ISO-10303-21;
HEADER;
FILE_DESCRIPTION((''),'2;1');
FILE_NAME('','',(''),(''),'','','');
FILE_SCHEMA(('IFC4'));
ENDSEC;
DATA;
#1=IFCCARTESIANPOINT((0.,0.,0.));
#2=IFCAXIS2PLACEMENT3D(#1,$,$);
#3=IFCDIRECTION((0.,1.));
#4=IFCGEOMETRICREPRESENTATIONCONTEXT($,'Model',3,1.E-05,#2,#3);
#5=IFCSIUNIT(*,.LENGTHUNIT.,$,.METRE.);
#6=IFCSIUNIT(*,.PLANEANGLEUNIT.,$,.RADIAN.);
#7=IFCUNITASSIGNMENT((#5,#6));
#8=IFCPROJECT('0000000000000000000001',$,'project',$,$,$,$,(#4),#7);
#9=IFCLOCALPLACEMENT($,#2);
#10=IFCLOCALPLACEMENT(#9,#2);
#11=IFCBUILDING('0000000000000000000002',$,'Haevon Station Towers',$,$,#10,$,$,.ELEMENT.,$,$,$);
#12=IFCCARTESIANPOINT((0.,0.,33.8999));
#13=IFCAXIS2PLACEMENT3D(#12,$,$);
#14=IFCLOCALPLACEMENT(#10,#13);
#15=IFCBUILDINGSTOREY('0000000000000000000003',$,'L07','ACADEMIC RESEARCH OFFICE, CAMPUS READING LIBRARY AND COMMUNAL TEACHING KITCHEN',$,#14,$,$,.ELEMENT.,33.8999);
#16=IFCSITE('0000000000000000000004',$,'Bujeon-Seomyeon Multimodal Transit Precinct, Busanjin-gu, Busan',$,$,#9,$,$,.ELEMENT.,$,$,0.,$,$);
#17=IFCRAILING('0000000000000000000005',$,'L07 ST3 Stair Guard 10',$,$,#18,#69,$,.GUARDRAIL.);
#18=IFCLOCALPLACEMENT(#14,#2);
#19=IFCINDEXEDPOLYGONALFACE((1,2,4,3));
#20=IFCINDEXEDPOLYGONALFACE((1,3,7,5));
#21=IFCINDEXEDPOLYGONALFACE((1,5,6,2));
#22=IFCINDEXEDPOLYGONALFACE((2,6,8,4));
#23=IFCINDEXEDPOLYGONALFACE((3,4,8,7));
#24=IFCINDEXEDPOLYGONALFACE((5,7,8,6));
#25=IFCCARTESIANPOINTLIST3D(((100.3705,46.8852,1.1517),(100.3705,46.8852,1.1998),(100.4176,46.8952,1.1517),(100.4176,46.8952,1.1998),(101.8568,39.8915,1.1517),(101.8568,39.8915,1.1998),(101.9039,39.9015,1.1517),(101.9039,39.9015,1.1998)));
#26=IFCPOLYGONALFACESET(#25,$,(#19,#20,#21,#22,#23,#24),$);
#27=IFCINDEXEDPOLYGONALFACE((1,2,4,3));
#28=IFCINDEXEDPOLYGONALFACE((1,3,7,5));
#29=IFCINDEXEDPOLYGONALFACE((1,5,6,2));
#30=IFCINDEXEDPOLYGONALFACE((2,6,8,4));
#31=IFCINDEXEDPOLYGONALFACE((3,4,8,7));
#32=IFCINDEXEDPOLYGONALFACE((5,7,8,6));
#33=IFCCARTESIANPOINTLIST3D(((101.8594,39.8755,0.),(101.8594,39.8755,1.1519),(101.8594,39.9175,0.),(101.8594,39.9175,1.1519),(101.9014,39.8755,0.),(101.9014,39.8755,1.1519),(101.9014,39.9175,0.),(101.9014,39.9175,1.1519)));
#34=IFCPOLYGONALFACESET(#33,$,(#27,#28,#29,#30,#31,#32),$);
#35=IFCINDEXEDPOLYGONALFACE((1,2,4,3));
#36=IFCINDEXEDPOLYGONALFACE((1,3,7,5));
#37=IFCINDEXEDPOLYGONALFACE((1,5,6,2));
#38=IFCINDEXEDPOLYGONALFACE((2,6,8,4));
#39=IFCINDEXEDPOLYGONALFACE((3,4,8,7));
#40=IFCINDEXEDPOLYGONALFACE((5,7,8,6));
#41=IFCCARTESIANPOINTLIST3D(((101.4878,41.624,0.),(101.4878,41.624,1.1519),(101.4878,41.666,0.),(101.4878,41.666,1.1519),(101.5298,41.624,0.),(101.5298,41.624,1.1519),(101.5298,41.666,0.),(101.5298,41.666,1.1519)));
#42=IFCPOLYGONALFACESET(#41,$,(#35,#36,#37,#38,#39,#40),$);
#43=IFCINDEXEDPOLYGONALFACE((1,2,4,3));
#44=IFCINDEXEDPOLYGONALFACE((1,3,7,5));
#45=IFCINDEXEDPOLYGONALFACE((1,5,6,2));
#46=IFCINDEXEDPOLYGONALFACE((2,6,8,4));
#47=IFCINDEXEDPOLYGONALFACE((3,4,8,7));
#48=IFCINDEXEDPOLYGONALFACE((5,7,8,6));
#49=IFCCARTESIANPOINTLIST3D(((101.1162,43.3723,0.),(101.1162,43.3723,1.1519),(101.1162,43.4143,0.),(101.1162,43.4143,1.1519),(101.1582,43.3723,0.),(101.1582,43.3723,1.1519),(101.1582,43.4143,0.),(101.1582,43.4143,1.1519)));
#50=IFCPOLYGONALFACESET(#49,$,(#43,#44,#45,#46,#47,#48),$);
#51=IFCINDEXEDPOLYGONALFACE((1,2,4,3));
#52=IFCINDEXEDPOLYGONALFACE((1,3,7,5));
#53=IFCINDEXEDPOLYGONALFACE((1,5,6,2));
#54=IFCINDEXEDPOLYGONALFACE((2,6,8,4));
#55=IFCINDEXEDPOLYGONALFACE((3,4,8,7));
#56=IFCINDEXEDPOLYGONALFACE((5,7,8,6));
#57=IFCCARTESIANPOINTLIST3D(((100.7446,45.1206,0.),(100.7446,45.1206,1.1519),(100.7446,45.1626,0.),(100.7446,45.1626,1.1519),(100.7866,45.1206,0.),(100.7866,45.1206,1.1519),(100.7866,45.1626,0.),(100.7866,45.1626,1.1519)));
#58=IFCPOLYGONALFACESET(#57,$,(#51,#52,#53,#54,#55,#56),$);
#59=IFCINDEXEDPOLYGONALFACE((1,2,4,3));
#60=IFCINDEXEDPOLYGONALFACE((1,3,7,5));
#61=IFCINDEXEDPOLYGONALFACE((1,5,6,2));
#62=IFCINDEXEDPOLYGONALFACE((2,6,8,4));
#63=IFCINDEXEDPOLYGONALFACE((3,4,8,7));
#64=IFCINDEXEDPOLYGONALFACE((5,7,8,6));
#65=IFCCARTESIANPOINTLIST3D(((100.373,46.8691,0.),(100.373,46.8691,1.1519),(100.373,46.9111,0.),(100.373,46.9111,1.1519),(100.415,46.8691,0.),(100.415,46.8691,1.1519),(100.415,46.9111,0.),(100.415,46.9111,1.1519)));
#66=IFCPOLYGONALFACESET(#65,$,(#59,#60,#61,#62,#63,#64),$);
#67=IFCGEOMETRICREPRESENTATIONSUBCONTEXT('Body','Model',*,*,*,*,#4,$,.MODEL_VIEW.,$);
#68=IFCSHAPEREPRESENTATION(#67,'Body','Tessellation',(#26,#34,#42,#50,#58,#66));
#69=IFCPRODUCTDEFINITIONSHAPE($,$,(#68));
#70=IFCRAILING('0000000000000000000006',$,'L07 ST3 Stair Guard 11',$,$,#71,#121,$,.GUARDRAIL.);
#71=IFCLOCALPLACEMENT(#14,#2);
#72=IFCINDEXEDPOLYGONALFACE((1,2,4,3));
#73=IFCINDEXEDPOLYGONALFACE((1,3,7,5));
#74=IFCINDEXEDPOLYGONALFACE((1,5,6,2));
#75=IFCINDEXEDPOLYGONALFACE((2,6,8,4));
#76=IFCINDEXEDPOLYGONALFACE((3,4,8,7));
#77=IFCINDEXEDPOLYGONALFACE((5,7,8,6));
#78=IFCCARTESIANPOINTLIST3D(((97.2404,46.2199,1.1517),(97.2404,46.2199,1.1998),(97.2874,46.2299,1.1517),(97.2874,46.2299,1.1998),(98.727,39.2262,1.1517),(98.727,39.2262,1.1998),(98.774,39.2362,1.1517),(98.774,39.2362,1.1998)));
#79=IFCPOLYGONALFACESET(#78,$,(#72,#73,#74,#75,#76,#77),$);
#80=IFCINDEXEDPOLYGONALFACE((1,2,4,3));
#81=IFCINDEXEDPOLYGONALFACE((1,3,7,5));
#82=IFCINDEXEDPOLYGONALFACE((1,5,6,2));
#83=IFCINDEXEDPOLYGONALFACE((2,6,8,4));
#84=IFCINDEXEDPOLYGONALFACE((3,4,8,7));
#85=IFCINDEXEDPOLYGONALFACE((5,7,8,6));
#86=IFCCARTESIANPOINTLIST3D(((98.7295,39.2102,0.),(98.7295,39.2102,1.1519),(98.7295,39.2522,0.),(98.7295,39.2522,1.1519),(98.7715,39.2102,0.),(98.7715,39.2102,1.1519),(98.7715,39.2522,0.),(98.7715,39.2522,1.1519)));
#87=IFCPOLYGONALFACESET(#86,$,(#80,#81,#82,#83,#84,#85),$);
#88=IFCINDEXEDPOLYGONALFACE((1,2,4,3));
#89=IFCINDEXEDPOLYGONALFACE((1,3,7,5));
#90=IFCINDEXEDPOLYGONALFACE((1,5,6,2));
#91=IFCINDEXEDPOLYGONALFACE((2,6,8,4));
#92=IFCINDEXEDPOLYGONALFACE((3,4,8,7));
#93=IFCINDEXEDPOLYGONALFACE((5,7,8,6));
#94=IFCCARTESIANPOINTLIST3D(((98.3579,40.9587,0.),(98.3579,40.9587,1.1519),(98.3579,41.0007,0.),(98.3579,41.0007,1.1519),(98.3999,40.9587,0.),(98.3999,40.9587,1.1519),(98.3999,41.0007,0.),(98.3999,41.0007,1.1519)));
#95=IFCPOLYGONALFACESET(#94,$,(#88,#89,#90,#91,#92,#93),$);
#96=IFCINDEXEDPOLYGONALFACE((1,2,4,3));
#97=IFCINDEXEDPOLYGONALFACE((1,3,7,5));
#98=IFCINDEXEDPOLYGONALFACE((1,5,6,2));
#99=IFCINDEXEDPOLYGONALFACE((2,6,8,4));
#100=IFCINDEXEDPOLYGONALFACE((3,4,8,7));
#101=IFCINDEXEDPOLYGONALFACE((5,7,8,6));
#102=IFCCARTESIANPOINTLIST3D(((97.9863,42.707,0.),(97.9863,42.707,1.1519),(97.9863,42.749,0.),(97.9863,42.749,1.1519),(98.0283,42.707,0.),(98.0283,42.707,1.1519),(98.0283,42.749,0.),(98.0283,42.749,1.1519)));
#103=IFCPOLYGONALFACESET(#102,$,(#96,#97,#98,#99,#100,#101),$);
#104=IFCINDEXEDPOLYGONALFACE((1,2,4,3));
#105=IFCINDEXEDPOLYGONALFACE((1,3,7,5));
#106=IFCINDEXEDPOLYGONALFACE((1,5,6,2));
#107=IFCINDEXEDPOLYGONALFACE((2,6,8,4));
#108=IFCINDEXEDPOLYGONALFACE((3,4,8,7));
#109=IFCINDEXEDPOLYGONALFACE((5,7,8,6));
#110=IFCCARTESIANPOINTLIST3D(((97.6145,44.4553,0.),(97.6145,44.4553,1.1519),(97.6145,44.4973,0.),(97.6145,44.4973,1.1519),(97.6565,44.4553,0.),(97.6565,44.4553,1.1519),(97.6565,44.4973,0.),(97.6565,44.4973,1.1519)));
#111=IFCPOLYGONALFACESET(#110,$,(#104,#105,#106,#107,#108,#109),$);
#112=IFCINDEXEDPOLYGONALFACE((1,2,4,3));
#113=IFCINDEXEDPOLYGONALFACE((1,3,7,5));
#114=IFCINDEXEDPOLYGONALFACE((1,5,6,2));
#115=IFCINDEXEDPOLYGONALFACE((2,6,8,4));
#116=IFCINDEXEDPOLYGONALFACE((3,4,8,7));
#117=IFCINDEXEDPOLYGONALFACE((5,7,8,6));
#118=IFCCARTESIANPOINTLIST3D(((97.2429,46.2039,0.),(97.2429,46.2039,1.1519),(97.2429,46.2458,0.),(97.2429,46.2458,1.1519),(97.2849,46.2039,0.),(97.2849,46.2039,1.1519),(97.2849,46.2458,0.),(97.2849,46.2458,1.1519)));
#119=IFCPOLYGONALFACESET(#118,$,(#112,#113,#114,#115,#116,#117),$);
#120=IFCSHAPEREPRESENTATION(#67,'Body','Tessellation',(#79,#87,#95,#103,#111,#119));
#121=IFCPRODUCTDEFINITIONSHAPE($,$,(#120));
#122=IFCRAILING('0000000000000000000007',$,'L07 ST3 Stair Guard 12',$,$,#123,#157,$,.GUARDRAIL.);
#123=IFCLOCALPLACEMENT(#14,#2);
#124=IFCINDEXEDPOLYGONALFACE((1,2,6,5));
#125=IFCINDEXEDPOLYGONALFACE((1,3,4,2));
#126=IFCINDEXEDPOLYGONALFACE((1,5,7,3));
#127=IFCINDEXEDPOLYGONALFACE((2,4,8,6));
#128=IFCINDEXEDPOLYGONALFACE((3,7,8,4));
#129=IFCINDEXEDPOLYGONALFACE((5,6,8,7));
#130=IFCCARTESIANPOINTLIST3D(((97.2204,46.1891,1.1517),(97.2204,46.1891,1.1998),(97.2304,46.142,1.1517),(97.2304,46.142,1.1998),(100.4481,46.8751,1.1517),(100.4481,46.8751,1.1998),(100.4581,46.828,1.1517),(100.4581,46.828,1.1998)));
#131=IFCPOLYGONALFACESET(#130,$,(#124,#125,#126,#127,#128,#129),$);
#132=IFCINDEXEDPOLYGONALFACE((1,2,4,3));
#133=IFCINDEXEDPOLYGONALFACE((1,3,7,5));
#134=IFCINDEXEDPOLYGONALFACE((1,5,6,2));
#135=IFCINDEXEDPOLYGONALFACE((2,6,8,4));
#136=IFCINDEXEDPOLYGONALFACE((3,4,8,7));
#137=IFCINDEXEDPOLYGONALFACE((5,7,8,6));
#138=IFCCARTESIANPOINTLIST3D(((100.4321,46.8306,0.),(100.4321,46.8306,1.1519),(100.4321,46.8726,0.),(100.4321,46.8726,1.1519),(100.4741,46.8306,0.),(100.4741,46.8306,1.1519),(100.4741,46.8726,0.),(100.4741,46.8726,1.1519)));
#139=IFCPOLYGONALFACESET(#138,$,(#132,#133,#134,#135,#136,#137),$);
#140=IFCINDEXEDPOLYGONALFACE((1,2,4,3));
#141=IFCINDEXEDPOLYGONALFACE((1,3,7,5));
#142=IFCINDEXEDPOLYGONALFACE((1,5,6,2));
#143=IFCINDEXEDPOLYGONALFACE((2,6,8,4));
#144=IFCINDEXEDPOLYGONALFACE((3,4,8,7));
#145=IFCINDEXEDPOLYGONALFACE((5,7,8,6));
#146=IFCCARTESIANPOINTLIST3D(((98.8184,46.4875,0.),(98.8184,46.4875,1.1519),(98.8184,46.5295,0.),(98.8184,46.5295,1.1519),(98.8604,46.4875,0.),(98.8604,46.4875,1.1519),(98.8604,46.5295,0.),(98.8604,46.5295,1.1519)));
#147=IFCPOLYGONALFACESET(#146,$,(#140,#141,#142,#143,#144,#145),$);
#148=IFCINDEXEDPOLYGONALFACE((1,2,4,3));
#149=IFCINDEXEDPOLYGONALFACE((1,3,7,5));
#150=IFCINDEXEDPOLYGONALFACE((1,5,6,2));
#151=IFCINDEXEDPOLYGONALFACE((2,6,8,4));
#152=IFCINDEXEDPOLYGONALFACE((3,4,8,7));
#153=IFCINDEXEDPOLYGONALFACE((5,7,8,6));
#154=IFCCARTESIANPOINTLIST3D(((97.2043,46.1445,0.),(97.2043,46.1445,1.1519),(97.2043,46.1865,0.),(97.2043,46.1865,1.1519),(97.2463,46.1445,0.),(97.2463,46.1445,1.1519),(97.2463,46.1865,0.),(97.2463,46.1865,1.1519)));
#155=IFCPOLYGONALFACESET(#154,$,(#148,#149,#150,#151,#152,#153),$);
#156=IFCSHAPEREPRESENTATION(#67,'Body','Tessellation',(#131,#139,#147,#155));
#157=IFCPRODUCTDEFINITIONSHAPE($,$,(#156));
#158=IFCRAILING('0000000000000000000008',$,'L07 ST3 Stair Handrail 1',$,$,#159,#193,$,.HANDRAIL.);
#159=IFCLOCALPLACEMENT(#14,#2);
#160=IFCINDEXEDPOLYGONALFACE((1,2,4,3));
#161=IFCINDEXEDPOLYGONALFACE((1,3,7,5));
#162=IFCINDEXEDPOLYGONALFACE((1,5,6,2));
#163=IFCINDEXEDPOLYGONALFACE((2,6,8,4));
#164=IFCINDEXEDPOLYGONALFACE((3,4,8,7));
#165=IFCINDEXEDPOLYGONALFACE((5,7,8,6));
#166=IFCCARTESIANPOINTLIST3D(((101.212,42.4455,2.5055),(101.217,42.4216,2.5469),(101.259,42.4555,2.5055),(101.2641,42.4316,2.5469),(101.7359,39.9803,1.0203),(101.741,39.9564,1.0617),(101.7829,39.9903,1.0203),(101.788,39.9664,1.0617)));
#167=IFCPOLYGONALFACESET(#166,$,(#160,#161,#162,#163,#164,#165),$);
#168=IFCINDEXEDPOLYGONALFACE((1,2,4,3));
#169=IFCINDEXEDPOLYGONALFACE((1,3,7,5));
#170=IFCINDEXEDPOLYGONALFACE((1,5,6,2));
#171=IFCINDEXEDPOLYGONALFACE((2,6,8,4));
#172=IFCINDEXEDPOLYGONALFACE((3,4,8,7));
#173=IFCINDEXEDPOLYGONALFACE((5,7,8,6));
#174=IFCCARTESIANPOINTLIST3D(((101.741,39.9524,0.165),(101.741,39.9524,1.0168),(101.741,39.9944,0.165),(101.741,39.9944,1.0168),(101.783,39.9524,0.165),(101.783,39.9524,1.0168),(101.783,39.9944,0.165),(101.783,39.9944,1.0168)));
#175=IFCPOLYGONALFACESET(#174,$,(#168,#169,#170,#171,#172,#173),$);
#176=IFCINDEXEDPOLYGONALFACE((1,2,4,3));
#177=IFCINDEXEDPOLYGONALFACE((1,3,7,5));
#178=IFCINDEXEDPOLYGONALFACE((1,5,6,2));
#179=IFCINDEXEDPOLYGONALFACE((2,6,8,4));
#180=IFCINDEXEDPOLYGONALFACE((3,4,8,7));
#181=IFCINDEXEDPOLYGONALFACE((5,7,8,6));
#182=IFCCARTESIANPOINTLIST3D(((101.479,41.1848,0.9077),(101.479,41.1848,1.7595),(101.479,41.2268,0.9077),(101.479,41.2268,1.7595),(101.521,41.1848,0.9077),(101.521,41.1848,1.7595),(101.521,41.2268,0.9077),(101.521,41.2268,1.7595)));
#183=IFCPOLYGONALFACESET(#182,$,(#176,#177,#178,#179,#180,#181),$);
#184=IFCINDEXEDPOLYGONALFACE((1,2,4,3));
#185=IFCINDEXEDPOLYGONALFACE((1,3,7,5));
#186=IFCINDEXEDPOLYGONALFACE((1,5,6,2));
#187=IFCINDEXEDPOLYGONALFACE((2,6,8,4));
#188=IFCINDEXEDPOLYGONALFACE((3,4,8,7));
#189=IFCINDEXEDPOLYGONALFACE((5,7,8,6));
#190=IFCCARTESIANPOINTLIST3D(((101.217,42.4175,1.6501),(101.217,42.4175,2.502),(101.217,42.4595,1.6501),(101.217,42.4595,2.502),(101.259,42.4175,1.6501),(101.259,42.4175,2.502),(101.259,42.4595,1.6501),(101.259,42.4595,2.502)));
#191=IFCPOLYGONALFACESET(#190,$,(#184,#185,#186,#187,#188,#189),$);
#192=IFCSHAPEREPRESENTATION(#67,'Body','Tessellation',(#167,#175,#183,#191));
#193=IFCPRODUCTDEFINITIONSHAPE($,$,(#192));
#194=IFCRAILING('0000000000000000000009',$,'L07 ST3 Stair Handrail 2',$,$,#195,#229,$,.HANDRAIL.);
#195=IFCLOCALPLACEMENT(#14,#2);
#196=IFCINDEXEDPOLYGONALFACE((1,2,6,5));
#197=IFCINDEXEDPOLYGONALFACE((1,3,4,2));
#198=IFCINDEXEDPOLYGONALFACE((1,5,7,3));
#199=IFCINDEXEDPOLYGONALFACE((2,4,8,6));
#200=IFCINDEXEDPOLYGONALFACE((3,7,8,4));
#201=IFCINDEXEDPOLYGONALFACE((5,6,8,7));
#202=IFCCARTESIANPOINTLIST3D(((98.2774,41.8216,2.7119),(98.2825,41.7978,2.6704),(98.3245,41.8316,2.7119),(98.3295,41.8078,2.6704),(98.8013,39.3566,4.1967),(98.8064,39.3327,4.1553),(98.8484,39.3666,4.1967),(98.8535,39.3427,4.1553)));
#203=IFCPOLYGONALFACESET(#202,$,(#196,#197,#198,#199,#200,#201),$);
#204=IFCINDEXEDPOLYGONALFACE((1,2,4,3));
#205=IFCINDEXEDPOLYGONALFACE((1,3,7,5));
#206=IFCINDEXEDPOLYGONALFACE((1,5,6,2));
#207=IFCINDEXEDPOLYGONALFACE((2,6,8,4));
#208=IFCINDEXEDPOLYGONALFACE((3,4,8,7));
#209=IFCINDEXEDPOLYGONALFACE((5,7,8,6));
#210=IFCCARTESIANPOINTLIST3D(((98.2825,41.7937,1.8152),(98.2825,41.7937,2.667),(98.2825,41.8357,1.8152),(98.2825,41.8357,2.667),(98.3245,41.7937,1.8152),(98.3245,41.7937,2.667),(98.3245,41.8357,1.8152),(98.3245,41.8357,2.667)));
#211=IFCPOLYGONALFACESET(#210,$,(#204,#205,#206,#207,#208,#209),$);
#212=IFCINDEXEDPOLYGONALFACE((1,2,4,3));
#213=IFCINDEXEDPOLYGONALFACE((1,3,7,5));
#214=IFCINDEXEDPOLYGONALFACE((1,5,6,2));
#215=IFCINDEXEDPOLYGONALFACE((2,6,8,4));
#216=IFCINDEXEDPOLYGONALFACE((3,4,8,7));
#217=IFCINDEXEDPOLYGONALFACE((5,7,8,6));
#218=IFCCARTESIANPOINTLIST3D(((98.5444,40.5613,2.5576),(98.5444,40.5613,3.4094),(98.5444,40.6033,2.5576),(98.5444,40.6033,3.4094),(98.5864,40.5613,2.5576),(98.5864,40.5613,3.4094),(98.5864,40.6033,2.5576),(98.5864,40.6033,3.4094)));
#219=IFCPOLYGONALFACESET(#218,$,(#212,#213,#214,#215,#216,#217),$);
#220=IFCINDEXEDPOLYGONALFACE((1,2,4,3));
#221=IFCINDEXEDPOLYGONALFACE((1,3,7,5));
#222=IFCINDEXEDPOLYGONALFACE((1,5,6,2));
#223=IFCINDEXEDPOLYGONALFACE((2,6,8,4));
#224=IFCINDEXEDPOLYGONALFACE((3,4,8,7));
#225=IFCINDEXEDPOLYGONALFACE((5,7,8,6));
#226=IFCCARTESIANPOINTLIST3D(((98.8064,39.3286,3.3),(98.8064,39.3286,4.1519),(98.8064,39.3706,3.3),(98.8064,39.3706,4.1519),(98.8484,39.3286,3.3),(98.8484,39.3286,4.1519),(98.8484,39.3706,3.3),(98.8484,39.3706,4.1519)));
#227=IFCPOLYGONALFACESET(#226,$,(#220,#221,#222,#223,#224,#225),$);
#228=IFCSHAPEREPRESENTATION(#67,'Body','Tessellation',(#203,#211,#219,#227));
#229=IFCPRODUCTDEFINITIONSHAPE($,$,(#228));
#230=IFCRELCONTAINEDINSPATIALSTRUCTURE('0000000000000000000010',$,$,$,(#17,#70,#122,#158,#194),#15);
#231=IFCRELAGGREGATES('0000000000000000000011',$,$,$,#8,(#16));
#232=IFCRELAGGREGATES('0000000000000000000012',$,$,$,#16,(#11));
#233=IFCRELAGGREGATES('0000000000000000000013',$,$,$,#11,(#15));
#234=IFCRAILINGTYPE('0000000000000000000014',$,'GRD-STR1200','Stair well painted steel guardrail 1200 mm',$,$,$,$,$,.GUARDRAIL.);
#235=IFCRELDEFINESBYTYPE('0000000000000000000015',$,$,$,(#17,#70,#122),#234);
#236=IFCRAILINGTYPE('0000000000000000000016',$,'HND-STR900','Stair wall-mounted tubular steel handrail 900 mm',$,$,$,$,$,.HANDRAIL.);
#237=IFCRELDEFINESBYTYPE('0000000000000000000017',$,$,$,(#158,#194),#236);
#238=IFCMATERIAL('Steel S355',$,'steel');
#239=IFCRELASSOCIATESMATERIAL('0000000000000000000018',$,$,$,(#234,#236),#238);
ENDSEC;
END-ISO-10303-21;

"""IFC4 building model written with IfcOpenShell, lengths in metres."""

from ifc_helpers import new_model, si_unit, direction, frame, origin, origin_2d, place, context, subcontext, project, spatial, rectangle, extrude, material, type_object, element, save


model = new_model("IFC4")

# Units and contexts
model_context = context("Model", 3, precision=1e-05, world=origin(), true_north=direction((0.0, 1.0)))
body_context = subcontext(model_context, "Body", "Model", "MODEL_VIEW")
ifc_project = project(units=[si_unit("LENGTHUNIT", "METRE"), si_unit("PLANEANGLEUNIT", "RADIAN")], contexts=[model_context])

# Site, building, storey
site_placement = place(None, origin())
site = spatial("IfcSite", under=ifc_project, at=site_placement, Name="Bujeon-Seomyeon Multimodal Transit Precinct, Busanjin-gu, Busan", CompositionType="ELEMENT", RefElevation=0.0)
building_placement = place(site_placement, origin())
building = spatial("IfcBuilding", under=site, at=building_placement, Name="Haevon Station Towers", CompositionType="ELEMENT")
storey_placement = place(building_placement, frame((0.0, 0.0, 33.8999)))
storey = spatial("IfcBuildingStorey", under=building, at=storey_placement, Name="L07", Description="ACADEMIC RESEARCH OFFICE, CAMPUS READING LIBRARY AND COMMUNAL TEACHING KITCHEN", CompositionType="ELEMENT", Elevation=33.8999)

# Shared definitions
ifc_material_1 = material(Name="Steel S355", Category="steel")

# Railings
railing_type_1 = type_object("IfcRailingType", Name="GRD-STR1200", Description="Stair well painted steel guardrail 1200 mm", PredefinedType="GUARDRAIL", material=ifc_material_1)
railing_1_placement = place(storey_placement, frame((101.8804, 39.8965, 0.0)))
element("IfcRailing", 1, at=railing_1_placement, inside=storey, type_object=railing_type_1, Name="L07 ST3 Stair Guard 10", PredefinedType="GUARDRAIL", context=body_context, shape_type="SweptSolid", body=[
    extrude(rectangle(XDim=0.0481, YDim=0.0481, at=origin_2d()), frame((0.0, 0.0, 1.1758), z_axis=(-0.207882, 0.978154, 0.0), x_axis=(-0.978154, -0.207882, 0.0)), (0.0, 0.0, 1.0), 7.1499),
    extrude(rectangle(XDim=0.042, YDim=0.042, at=origin_2d()), origin(), (0.0, 0.0, 1.0), 1.1519),
    extrude(rectangle(XDim=0.042, YDim=0.042, at=origin_2d()), frame((-0.3716, 1.7485, 0.0)), (0.0, 0.0, 1.0), 1.1519),
    extrude(rectangle(XDim=0.042, YDim=0.042, at=origin_2d()), frame((-0.7432, 3.4968, 0.0)), (0.0, 0.0, 1.0), 1.1519),
    extrude(rectangle(XDim=0.042, YDim=0.042, at=origin_2d()), frame((-1.1147, 5.2451, 0.0)), (0.0, 0.0, 1.0), 1.1519),
    extrude(rectangle(XDim=0.042, YDim=0.042, at=origin_2d()), frame((-1.4863, 6.9937, 0.0)), (0.0, 0.0, 1.0), 1.1519),
])
railing_2_placement = place(storey_placement, frame((98.7505, 39.2312, 0.0)))
element("IfcRailing", 2, at=railing_2_placement, inside=storey, type_object=railing_type_1, Name="L07 ST3 Stair Guard 11", PredefinedType="GUARDRAIL", context=body_context, shape_type="SweptSolid", body=[
    extrude(rectangle(XDim=0.0481, YDim=0.0481, at=origin_2d()), frame((0.0, 0.0, 1.1758), z_axis=(-0.207915, 0.978147, 0.0), x_axis=(-0.978147, -0.207915, 0.0)), (0.0, 0.0, 1.0), 7.1499),
    extrude(rectangle(XDim=0.042, YDim=0.042, at=origin_2d()), origin(), (0.0, 0.0, 1.0), 1.1519),
    extrude(rectangle(XDim=0.042, YDim=0.042, at=origin_2d()), frame((-0.3716, 1.7485, 0.0)), (0.0, 0.0, 1.0), 1.1519),
    extrude(rectangle(XDim=0.042, YDim=0.042, at=origin_2d()), frame((-0.7432, 3.4968, 0.0)), (0.0, 0.0, 1.0), 1.1519),
    extrude(rectangle(XDim=0.042, YDim=0.042, at=origin_2d()), frame((-1.115, 5.2451, 0.0)), (0.0, 0.0, 1.0), 1.1519),
    extrude(rectangle(XDim=0.042, YDim=0.042, at=origin_2d()), frame((-1.4866, 6.9937, 0.0)), (0.0, 0.0, 1.0), 1.1519),
])
railing_3_placement = place(storey_placement, frame((100.4531, 46.8516, 0.0)))
element("IfcRailing", 3, at=railing_3_placement, inside=storey, type_object=railing_type_1, Name="L07 ST3 Stair Guard 12", PredefinedType="GUARDRAIL", context=body_context, shape_type="SweptSolid", body=[
    extrude(rectangle(XDim=0.0481, YDim=0.0481, at=origin_2d()), frame((0.0, 0.0, 1.1758), z_axis=(-0.978151, -0.207897, 0.0), x_axis=(0.207897, -0.978151, 0.0)), (0.0, 0.0, 1.0), 3.2998),
    extrude(rectangle(XDim=0.042, YDim=0.042, at=origin_2d()), origin(), (0.0, 0.0, 1.0), 1.1519),
    extrude(rectangle(XDim=0.042, YDim=0.042, at=origin_2d()), frame((-1.6138, -0.343, 0.0)), (0.0, 0.0, 1.0), 1.1519),
    extrude(rectangle(XDim=0.042, YDim=0.042, at=origin_2d()), frame((-3.2278, -0.686, 0.0)), (0.0, 0.0, 1.0), 1.1519),
])
railing_type_2 = type_object("IfcRailingType", Name="HND-STR900", Description="Stair wall-mounted tubular steel handrail 900 mm", PredefinedType="HANDRAIL", material=ifc_material_1)
railing_4_placement = place(storey_placement, frame((101.762, 39.9734, 0.165)))
element("IfcRailing", 4, at=railing_4_placement, inside=storey, type_object=railing_type_2, Name="L07 ST3 Stair Handrail 1", PredefinedType="HANDRAIL", context=body_context, shape_type="SweptSolid", body=[
    extrude(rectangle(XDim=0.0481, YDim=0.0481, at=origin_2d()), frame((0.0, 0.0, 0.876), z_axis=(-0.179109, 0.842712, 0.507697), x_axis=(-0.978151, -0.207895, 0.0)), (0.0, 0.0, 1.0), 2.9253),
    extrude(rectangle(XDim=0.042, YDim=0.042, at=origin_2d()), origin(), (0.0, 0.0, 1.0), 0.8518),
    extrude(rectangle(XDim=0.042, YDim=0.042, at=origin_2d()), frame((-0.262, 1.2324, 0.7427)), (0.0, 0.0, 1.0), 0.8518),
    extrude(rectangle(XDim=0.042, YDim=0.042, at=origin_2d()), frame((-0.5239, 2.4651, 1.4851)), (0.0, 0.0, 1.0), 0.8518),
])
railing_5_placement = place(storey_placement, frame((98.3035, 41.8147, 1.8152)))
element("IfcRailing", 5, at=railing_5_placement, inside=storey, type_object=railing_type_2, Name="L07 ST3 Stair Handrail 2", PredefinedType="HANDRAIL", context=body_context, shape_type="SweptSolid", body=[
    extrude(rectangle(XDim=0.0481, YDim=0.0481, at=origin_2d()), frame((0.0, 0.0, 0.876), z_axis=(0.179116, -0.842748, 0.507635), x_axis=(0.978151, 0.207895, 0.0)), (0.0, 0.0, 1.0), 2.925),
    extrude(rectangle(XDim=0.042, YDim=0.042, at=origin_2d()), origin(), (0.0, 0.0, 1.0), 0.8518),
    extrude(rectangle(XDim=0.042, YDim=0.042, at=origin_2d()), frame((0.262, -1.2324, 0.7424)), (0.0, 0.0, 1.0), 0.8518),
    extrude(rectangle(XDim=0.042, YDim=0.042, at=origin_2d()), frame((0.5239, -2.4651, 1.4849)), (0.0, 0.0, 1.0), 0.8518),
])

save(model, "model.ifc")
